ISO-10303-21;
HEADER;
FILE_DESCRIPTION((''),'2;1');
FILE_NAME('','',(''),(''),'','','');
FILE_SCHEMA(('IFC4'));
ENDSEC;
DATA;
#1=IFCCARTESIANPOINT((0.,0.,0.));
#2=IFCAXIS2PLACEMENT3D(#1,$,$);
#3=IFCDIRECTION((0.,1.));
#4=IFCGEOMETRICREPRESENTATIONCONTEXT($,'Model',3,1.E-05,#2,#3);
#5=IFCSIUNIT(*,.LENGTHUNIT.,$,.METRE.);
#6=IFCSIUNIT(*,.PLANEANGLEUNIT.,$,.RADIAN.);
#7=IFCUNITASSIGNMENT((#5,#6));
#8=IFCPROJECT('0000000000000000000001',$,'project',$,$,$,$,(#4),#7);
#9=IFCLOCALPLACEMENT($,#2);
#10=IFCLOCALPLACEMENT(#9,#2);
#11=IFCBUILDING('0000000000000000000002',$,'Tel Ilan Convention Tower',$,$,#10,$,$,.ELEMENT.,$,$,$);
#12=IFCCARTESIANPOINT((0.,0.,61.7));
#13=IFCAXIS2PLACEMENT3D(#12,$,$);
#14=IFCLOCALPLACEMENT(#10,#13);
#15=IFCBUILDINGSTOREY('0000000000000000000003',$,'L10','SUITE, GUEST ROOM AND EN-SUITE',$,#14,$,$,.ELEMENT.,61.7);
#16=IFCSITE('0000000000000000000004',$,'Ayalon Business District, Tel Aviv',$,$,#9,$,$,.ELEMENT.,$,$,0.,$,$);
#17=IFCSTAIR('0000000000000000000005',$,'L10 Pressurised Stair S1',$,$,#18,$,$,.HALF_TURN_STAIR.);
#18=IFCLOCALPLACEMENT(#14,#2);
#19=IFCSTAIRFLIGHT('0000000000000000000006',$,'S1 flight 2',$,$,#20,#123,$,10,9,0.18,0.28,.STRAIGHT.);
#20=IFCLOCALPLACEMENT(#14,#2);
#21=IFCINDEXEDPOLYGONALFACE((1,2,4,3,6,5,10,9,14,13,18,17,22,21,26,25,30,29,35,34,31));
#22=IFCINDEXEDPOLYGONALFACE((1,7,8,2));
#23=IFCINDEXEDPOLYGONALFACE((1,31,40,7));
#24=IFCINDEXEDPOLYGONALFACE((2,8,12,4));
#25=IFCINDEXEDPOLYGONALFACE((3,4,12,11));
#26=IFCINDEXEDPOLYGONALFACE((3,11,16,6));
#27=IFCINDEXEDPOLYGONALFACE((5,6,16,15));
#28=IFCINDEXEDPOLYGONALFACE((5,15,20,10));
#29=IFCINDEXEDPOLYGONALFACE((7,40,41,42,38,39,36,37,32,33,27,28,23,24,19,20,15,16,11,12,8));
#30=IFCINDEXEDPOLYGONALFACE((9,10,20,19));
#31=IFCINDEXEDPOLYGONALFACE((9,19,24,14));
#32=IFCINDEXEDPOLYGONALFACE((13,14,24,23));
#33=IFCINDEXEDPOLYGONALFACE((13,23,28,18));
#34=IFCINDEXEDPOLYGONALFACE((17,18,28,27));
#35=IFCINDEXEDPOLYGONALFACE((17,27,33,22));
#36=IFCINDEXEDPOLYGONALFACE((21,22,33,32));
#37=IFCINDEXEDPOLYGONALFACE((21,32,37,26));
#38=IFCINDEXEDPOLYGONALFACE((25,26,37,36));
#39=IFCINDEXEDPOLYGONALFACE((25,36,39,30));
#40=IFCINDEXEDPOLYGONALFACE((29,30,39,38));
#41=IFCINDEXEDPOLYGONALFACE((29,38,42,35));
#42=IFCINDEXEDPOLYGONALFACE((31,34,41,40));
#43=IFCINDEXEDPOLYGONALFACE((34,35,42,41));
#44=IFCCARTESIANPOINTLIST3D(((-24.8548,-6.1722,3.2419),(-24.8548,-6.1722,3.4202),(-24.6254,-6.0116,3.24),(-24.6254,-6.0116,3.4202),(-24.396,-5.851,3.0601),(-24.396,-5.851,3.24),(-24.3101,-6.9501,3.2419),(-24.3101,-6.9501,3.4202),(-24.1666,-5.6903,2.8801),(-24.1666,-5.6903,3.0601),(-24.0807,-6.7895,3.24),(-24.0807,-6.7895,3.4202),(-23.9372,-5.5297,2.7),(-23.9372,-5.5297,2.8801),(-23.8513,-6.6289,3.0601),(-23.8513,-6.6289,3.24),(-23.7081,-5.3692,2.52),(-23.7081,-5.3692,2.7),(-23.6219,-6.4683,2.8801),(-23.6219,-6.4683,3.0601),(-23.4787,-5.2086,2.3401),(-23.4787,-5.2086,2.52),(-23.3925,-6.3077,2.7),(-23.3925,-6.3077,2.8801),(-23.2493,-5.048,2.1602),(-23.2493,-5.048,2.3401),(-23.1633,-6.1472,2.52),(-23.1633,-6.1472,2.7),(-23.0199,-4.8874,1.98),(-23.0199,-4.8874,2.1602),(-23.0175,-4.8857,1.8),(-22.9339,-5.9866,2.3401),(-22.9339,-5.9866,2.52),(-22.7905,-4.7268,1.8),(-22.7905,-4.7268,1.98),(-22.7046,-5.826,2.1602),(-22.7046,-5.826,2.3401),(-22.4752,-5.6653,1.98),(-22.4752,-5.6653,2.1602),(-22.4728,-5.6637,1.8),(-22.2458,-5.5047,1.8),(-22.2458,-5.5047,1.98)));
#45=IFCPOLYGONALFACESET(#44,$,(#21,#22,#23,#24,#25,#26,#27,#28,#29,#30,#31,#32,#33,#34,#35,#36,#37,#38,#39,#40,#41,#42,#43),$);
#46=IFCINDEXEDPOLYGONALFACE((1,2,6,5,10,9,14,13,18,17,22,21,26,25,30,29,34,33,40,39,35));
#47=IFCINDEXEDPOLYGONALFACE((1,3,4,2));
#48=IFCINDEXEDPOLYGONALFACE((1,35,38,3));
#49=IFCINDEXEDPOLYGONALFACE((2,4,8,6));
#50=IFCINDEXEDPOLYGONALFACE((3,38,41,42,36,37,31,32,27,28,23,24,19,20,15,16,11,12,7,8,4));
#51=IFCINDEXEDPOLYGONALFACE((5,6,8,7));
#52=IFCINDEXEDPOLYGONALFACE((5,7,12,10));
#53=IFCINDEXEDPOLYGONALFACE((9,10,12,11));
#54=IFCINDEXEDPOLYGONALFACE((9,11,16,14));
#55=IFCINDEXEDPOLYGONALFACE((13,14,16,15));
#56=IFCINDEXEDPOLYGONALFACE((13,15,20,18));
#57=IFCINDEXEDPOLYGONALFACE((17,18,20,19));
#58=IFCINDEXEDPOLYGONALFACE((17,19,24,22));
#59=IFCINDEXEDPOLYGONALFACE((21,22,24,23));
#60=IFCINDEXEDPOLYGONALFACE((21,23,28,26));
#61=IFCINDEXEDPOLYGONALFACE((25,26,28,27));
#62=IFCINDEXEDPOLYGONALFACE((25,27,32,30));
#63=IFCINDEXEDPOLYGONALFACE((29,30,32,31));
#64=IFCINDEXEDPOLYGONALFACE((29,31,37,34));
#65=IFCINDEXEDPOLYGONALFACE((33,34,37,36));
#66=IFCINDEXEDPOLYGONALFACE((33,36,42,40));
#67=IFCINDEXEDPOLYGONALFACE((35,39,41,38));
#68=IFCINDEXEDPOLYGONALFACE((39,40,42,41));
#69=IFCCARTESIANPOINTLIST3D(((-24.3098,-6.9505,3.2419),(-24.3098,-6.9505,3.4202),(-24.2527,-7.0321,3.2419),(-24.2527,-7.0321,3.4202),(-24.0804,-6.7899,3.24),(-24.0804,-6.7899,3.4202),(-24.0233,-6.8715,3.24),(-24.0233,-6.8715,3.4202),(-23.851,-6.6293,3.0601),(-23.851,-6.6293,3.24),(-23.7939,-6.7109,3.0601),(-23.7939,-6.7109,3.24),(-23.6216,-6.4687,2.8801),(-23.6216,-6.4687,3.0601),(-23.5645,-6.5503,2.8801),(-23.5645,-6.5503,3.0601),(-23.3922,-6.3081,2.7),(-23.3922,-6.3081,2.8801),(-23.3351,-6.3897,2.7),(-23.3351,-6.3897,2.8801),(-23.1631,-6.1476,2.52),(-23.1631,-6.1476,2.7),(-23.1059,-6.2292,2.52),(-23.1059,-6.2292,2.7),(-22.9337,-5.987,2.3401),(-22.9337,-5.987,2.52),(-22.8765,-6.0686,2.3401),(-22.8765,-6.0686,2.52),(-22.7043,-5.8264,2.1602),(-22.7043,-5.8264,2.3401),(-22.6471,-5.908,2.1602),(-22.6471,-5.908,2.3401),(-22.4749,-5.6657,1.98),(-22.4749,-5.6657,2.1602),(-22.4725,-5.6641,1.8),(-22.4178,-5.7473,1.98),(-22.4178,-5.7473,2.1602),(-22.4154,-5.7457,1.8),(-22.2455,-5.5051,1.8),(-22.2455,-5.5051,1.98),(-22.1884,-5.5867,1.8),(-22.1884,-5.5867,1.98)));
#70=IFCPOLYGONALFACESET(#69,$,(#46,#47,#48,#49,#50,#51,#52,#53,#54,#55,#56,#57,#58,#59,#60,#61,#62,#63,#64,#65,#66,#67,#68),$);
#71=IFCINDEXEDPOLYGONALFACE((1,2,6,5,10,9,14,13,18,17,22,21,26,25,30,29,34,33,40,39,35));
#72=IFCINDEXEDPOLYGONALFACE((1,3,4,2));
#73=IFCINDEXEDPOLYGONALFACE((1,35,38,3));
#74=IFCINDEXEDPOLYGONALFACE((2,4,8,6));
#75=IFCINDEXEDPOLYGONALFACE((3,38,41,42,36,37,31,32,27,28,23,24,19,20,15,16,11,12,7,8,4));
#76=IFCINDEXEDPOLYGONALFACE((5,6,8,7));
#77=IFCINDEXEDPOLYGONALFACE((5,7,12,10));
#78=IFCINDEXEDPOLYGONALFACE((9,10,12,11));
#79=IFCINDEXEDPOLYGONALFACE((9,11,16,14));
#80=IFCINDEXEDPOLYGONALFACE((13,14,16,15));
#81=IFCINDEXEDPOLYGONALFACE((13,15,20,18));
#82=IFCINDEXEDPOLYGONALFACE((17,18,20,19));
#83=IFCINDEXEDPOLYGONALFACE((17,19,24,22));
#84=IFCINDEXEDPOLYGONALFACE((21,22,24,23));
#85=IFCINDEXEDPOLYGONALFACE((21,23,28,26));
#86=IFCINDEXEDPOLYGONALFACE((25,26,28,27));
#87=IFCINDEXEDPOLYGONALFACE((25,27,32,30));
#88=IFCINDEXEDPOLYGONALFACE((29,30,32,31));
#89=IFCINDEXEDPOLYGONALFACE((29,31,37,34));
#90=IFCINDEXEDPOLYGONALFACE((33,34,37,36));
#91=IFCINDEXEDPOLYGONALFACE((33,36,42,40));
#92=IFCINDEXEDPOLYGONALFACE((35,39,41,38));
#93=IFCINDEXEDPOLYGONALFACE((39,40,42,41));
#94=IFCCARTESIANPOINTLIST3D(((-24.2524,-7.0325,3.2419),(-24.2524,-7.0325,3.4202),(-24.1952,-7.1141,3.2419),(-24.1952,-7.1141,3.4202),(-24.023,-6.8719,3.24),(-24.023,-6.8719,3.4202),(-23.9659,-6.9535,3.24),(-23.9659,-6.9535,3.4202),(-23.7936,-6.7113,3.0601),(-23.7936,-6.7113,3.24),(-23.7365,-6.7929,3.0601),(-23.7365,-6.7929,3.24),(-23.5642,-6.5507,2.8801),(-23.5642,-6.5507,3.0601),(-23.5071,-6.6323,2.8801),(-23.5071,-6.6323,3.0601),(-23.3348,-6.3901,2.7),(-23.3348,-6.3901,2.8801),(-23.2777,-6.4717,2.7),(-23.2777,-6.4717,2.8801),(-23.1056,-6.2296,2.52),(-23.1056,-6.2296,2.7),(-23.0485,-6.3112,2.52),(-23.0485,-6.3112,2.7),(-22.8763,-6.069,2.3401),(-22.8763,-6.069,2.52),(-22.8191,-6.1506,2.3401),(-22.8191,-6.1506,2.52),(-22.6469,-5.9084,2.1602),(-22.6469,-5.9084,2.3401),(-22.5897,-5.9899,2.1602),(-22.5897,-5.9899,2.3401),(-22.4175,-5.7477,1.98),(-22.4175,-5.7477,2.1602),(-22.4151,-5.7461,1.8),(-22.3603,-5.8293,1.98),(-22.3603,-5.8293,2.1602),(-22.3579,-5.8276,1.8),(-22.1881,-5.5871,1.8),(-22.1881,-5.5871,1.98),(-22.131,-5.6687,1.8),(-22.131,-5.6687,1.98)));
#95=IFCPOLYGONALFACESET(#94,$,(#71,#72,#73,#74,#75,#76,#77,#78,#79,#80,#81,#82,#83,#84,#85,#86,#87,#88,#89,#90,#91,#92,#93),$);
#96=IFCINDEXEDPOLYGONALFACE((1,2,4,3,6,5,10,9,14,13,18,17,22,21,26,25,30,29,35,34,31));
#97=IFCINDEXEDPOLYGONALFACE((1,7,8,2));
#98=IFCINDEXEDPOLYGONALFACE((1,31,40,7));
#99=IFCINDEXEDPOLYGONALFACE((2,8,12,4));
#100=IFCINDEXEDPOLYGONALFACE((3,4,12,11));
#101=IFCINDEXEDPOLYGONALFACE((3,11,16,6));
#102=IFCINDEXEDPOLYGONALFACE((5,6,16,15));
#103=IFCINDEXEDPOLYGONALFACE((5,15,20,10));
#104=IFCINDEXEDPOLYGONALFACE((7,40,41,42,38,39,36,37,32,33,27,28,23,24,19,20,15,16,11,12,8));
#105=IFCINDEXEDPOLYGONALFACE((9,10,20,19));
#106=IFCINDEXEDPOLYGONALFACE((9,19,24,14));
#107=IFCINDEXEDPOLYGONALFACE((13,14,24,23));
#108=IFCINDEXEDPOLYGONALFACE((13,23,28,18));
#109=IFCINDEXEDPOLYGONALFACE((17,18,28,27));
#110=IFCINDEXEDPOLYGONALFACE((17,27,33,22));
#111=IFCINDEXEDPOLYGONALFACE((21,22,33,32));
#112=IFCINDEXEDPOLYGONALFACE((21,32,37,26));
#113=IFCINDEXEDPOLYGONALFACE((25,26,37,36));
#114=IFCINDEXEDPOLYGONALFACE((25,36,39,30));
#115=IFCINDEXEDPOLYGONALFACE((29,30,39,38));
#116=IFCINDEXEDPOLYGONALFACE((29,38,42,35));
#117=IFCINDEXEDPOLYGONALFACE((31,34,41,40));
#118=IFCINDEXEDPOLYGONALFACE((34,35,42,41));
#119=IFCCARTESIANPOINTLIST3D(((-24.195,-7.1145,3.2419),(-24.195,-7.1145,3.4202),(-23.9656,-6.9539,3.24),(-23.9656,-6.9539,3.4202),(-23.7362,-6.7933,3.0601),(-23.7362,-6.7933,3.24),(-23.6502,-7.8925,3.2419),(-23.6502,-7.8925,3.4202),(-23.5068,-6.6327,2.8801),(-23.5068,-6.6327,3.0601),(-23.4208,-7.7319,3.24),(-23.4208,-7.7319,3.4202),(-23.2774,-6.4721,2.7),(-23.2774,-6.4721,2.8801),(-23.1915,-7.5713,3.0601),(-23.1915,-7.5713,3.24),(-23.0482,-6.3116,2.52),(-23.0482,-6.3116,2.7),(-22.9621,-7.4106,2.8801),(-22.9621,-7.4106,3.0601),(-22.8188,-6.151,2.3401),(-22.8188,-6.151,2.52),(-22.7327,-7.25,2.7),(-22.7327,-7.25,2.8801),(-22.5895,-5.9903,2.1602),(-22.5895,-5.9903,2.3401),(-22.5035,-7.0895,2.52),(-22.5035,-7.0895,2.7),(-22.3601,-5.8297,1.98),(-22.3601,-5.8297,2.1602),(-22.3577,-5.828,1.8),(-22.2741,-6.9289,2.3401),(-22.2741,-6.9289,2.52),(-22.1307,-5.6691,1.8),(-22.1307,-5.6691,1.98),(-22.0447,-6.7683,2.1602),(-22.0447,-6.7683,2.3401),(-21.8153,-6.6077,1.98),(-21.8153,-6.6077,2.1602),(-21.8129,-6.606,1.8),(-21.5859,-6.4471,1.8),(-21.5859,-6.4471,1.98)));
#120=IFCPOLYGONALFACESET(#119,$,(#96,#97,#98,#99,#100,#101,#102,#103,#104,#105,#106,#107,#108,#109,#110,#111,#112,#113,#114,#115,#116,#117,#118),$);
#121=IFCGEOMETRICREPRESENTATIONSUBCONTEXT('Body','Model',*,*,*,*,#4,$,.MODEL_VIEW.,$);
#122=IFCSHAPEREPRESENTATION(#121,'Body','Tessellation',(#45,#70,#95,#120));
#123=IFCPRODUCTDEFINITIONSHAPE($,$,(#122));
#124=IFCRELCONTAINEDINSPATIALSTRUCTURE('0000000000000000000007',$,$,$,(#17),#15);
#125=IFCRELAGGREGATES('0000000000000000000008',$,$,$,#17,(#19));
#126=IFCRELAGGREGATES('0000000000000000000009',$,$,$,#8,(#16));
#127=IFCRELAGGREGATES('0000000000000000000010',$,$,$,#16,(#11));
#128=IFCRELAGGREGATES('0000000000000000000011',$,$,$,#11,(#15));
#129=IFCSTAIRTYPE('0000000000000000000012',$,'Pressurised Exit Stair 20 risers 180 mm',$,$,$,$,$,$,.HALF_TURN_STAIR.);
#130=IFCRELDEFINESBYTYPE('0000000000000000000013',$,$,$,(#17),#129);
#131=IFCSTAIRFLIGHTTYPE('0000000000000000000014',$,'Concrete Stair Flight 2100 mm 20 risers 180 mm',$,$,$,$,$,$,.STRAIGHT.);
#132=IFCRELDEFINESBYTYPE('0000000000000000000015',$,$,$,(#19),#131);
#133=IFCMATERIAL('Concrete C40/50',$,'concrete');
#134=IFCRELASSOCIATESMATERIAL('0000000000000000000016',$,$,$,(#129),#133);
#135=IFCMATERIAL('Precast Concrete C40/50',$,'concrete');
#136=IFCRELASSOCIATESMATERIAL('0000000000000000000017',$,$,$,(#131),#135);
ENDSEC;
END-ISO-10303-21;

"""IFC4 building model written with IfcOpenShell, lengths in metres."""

from ifc_helpers import new_model, si_unit, direction, frame, origin, place, context, subcontext, project, spatial, polyline, outline, extrude, material, type_object, element, aggregate, save


model = new_model("IFC4")

# Units and contexts
model_context = context("Model", 3, precision=1e-05, world=origin(), true_north=direction((0.0, 1.0)))
body_context = subcontext(model_context, "Body", "Model", "MODEL_VIEW")
ifc_project = project(units=[si_unit("LENGTHUNIT", "METRE"), si_unit("PLANEANGLEUNIT", "RADIAN")], contexts=[model_context])

# Site, building, storey
site_placement = place(None, origin())
site = spatial("IfcSite", under=ifc_project, at=site_placement, Name="Ayalon Business District, Tel Aviv", CompositionType="ELEMENT", RefElevation=0.0)
building_placement = place(site_placement, origin())
building = spatial("IfcBuilding", under=site, at=building_placement, Name="Tel Ilan Convention Tower", CompositionType="ELEMENT")
storey_placement = place(building_placement, frame((0.0, 0.0, 61.7)))
storey = spatial("IfcBuildingStorey", under=building, at=storey_placement, Name="L10", Description="SUITE, GUEST ROOM AND EN-SUITE", CompositionType="ELEMENT", Elevation=61.7)

# Stair, stair flight
ifc_material_1 = material(Name="Concrete C40/50", Category="concrete")
stair_type = type_object("IfcStairType", Name="Pressurised Exit Stair 20 risers 180 mm", PredefinedType="HALF_TURN_STAIR", material=ifc_material_1)
stair_1_placement = place(storey_placement, origin())
stair_1 = element("IfcStair", 1, at=stair_1_placement, inside=storey, type_object=stair_type, Name="L10 Pressurised Stair S1", PredefinedType="HALF_TURN_STAIR")
ifc_material_2 = material(Name="Precast Concrete C40/50", Category="concrete")
stair_flight_type = type_object("IfcStairFlightType", Name="Concrete Stair Flight 2100 mm 20 risers 180 mm", PredefinedType="STRAIGHT", material=ifc_material_2)
stair_flight_1_placement = place(storey_placement, frame((-22.1882, -5.5869, 1.8), z_axis=(0.0, 0.0, 1.0), x_axis=(-0.819152, -0.573576, 0.0)))
stair_flight_1 = element("IfcStairFlight", 2, at=stair_flight_1_placement, type_object=stair_flight_type, Name="S1 flight 2", NumberOfRisers=10, NumberOfTreads=9, PredefinedType="STRAIGHT", RiserHeight=0.18, TreadLength=0.28, context=body_context, shape_type="SweptSolid", body=[
    extrude(outline(polyline([(0.0, 0.0), (0.0, 0.1799), (0.28, 0.1799), (0.28, 0.3601), (0.5601, 0.3601), (0.5601, 0.54), (0.8401, 0.54), (0.8401, 0.72), (1.1201, 0.72), (1.1201, 0.8999), (1.3999, 0.8999), (1.3999, 1.0801), (1.6799, 1.0801), (1.6799, 1.26), (1.96, 1.26), (1.96, 1.4399), (2.24, 1.4399), (2.24, 1.6201), (2.52, 1.6201), (2.52, 1.8), (2.52, 1.4419), (0.2771, 0.0), (0.0, 0.0)])), frame((0.0, -0.1003, 0.0), z_axis=(0.0, -1.0, 0.0), x_axis=(1.0, 0.0, 0.0)), (0.0, 0.0, 1.0), 0.9497),
    extrude(outline(polyline([(0.0, 0.0), (0.0, 0.1799), (0.28, 0.1799), (0.28, 0.3601), (0.5601, 0.3601), (0.5601, 0.54), (0.8401, 0.54), (0.8401, 0.72), (1.1201, 0.72), (1.1201, 0.8999), (1.3999, 0.8999), (1.3999, 1.0801), (1.6799, 1.0801), (1.6799, 1.26), (1.96, 1.26), (1.96, 1.4399), (2.24, 1.4399), (2.24, 1.6201), (2.52, 1.6201), (2.52, 1.8), (2.52, 1.4419), (0.2771, 0.0), (0.0, 0.0)])), frame((0.0, -0.0002, 0.0), z_axis=(0.0, -1.0, 0.0), x_axis=(1.0, 0.0, 0.0)), (0.0, 0.0, 1.0), 0.0996),
    extrude(outline(polyline([(0.0, 0.0), (0.0, 0.1799), (0.28, 0.1799), (0.28, 0.3601), (0.5601, 0.3601), (0.5601, 0.54), (0.8401, 0.54), (0.8401, 0.72), (1.1201, 0.72), (1.1201, 0.8999), (1.3999, 0.8999), (1.3999, 1.0801), (1.6799, 1.0801), (1.6799, 1.26), (1.96, 1.26), (1.96, 1.4399), (2.24, 1.4399), (2.24, 1.6201), (2.52, 1.6201), (2.52, 1.8), (2.52, 1.4419), (0.2771, 0.0), (0.0, 0.0)])), frame((0.0, 0.0999, 0.0), z_axis=(0.0, -1.0, 0.0), x_axis=(1.0, 0.0, 0.0)), (0.0, 0.0, 1.0), 0.0996),
    extrude(outline(polyline([(0.0, 0.0), (0.0, 0.1799), (0.28, 0.1799), (0.28, 0.3601), (0.5601, 0.3601), (0.5601, 0.54), (0.8401, 0.54), (0.8401, 0.72), (1.1201, 0.72), (1.1201, 0.8999), (1.3999, 0.8999), (1.3999, 1.0801), (1.6799, 1.0801), (1.6799, 1.26), (1.96, 1.26), (1.96, 1.4399), (2.24, 1.4399), (2.24, 1.6201), (2.52, 1.6201), (2.52, 1.8), (2.52, 1.4419), (0.2771, 0.0), (0.0, 0.0)])), frame((0.0, 1.05, 0.0), z_axis=(0.0, -1.0, 0.0), x_axis=(1.0, 0.0, 0.0)), (0.0, 0.0, 1.0), 0.9497),
])
aggregate(stair_1, [stair_flight_1])

save(model, "model.ifc")
